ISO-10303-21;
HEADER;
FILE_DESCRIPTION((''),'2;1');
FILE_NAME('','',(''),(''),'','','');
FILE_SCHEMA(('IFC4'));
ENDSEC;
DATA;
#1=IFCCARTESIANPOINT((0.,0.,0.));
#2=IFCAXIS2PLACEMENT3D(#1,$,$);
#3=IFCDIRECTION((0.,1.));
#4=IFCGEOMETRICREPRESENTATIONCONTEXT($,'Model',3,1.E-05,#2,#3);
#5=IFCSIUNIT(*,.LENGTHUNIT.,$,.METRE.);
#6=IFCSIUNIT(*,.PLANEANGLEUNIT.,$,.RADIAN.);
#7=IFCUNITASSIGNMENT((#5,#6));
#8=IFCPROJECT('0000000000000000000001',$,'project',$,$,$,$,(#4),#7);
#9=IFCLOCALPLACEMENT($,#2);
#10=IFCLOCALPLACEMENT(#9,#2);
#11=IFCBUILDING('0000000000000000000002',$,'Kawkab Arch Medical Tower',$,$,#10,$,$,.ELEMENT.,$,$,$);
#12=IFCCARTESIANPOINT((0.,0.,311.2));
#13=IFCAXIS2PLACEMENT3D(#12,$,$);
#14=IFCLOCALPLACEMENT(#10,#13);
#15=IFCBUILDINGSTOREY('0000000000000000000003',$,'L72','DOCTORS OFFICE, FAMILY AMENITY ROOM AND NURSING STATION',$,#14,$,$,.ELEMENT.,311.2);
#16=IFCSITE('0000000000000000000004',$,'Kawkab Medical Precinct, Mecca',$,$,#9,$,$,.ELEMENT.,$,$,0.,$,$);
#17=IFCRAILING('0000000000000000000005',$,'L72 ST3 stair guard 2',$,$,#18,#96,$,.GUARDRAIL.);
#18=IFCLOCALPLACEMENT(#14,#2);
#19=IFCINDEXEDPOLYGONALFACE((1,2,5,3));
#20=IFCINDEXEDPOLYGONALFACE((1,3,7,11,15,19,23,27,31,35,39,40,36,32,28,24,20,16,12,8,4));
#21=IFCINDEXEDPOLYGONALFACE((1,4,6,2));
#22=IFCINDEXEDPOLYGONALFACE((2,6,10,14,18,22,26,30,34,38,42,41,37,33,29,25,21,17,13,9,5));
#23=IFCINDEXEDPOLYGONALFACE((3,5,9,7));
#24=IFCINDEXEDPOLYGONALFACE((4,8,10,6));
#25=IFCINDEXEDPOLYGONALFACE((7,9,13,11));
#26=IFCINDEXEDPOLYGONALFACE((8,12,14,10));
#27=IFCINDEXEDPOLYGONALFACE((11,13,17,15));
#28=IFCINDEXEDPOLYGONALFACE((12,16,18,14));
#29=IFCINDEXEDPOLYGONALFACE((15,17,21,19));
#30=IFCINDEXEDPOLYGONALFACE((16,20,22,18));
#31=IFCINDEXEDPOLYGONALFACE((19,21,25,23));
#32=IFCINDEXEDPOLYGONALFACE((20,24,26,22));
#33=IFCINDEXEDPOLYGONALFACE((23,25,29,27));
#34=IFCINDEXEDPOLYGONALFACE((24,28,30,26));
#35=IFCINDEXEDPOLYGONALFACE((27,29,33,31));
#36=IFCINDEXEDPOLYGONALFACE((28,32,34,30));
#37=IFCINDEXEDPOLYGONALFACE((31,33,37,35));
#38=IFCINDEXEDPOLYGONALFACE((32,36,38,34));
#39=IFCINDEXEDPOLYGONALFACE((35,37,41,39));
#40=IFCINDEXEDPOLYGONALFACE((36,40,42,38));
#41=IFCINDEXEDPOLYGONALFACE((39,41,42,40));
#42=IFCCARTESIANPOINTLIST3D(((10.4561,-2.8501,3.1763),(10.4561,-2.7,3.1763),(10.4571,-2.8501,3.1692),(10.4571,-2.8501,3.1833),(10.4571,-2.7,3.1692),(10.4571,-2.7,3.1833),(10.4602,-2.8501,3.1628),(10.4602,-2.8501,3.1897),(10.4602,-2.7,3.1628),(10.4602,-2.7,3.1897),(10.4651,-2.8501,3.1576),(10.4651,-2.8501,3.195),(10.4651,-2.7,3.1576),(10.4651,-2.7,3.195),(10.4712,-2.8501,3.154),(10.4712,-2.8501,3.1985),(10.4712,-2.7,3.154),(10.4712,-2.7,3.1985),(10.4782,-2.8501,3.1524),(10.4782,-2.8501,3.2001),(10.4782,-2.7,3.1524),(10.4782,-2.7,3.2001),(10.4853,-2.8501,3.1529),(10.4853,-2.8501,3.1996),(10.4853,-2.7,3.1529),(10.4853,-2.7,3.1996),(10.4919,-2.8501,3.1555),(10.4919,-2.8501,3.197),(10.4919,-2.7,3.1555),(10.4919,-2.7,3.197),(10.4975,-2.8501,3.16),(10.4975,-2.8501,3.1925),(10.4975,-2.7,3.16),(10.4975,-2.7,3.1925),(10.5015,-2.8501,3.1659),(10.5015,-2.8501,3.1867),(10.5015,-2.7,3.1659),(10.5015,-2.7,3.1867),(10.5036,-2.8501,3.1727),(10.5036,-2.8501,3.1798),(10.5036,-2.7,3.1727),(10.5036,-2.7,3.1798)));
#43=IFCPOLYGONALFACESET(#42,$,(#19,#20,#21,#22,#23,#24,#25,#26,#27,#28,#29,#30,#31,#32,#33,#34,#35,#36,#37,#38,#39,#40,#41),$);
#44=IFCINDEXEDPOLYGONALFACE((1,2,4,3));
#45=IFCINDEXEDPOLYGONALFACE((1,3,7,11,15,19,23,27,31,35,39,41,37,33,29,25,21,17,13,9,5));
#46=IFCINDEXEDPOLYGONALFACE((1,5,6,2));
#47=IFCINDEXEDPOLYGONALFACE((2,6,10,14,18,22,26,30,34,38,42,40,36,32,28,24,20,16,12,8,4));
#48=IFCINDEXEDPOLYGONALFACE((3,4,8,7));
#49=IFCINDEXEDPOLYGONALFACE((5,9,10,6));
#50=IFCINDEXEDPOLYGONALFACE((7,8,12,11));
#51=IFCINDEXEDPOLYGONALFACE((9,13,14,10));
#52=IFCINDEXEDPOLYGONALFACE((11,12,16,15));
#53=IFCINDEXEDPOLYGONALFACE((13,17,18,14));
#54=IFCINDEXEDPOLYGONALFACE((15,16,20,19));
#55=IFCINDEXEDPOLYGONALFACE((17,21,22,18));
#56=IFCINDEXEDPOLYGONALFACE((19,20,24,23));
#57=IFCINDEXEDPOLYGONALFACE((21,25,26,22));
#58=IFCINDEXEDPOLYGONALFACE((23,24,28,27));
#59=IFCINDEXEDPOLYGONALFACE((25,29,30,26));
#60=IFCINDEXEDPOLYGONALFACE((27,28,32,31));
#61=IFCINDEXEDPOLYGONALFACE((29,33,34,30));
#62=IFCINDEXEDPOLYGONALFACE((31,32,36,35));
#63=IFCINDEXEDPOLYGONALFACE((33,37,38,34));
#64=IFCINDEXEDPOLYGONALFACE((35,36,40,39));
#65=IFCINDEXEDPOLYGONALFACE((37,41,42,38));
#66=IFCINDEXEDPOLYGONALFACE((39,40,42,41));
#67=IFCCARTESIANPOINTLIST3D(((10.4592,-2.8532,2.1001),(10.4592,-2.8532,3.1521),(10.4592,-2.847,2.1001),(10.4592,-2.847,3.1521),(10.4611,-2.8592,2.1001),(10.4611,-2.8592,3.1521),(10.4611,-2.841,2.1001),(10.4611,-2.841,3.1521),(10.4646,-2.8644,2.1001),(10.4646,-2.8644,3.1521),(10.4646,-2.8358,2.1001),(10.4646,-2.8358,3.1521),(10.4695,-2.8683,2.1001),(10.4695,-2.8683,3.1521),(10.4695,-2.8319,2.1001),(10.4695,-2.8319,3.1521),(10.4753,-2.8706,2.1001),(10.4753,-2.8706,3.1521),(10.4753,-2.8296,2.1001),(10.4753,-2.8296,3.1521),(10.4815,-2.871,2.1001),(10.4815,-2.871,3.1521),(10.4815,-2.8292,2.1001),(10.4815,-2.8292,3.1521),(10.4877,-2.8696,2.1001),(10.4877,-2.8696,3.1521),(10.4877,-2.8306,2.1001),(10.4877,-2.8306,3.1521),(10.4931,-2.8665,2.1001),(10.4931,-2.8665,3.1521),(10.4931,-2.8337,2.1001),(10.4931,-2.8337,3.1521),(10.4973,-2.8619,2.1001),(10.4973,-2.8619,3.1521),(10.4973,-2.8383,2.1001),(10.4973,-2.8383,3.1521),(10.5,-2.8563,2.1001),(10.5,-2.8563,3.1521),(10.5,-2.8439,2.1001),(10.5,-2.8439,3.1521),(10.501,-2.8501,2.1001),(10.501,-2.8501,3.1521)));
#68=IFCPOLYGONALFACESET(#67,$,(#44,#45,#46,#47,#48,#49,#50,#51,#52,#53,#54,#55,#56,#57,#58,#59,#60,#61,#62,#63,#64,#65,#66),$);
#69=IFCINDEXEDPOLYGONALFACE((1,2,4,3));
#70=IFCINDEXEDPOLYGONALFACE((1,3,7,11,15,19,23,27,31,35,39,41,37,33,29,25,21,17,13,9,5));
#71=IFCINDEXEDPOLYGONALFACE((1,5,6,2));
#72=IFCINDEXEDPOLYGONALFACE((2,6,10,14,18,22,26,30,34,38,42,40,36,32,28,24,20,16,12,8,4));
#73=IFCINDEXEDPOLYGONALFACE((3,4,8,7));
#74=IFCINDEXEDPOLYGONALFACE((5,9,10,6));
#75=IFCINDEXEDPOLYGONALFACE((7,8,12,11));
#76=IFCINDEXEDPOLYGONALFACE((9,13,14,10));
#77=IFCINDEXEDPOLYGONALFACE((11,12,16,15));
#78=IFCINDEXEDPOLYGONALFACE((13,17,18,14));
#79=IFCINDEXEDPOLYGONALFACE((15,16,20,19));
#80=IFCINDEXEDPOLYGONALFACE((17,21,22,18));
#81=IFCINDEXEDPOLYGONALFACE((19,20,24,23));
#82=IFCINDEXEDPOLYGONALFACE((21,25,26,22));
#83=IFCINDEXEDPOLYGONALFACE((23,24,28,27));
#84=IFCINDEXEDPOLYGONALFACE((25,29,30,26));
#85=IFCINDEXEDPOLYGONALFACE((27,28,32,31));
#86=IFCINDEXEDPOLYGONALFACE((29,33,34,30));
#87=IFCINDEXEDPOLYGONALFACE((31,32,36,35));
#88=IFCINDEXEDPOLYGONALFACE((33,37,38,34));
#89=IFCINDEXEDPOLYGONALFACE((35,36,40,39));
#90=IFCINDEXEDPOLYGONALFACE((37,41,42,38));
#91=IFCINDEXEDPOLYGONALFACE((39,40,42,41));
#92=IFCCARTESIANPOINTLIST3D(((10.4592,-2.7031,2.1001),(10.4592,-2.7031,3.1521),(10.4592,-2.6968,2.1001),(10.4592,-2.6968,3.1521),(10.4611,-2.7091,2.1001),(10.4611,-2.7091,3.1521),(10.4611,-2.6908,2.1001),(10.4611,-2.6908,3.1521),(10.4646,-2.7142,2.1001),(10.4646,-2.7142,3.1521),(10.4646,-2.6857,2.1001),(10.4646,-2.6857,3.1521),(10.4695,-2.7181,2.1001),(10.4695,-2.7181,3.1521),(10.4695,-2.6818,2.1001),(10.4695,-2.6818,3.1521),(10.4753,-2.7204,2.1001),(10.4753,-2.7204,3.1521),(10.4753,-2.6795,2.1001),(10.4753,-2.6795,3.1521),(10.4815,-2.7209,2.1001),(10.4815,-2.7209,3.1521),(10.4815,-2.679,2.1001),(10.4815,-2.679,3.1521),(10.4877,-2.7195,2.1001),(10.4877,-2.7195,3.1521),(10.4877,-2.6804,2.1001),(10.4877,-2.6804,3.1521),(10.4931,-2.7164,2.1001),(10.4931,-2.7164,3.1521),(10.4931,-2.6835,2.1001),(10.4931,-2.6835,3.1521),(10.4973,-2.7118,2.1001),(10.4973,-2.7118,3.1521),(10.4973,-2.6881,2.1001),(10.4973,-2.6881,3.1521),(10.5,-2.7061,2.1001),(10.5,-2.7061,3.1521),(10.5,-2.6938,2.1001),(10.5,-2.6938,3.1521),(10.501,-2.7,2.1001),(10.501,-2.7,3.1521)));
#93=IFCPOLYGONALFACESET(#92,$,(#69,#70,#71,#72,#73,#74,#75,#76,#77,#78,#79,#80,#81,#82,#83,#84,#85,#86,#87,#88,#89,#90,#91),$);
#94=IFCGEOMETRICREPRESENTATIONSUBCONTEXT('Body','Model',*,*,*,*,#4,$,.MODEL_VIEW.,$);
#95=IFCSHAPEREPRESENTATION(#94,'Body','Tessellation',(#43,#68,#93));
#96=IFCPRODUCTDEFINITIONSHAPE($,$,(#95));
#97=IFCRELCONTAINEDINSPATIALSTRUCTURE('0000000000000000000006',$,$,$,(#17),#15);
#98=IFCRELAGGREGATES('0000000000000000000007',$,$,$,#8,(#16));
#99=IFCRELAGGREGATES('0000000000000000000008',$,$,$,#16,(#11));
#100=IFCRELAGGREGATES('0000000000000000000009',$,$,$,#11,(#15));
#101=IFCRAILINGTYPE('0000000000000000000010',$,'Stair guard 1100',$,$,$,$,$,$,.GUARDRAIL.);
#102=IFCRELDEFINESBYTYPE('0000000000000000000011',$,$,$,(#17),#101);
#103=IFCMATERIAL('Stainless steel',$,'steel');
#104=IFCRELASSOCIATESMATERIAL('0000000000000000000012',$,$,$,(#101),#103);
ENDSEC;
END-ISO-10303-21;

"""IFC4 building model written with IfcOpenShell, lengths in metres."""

from ifc_helpers import new_model, si_unit, direction, frame, origin, origin_2d, place, context, subcontext, project, spatial, circle, extrude, material, type_object, element, save


model = new_model("IFC4")

# Units and contexts
model_context = context("Model", 3, precision=1e-05, world=origin(), true_north=direction((0.0, 1.0)))
body_context = subcontext(model_context, "Body", "Model", "MODEL_VIEW")
ifc_project = project(units=[si_unit("LENGTHUNIT", "METRE"), si_unit("PLANEANGLEUNIT", "RADIAN")], contexts=[model_context])

# Site, building, storey
site_placement = place(None, origin())
site = spatial("IfcSite", under=ifc_project, at=site_placement, Name="Kawkab Medical Precinct, Mecca", CompositionType="ELEMENT", RefElevation=0.0)
building_placement = place(site_placement, origin())
building = spatial("IfcBuilding", under=site, at=building_placement, Name="Kawkab Arch Medical Tower", CompositionType="ELEMENT")
storey_placement = place(building_placement, frame((0.0, 0.0, 311.2)))
storey = spatial("IfcBuildingStorey", under=building, at=storey_placement, Name="L72", Description="DOCTORS OFFICE, FAMILY AMENITY ROOM AND NURSING STATION", CompositionType="ELEMENT", Elevation=311.2)

# Railing
ifc_material_1 = material(Name="Stainless steel", Category="steel")
railing_type_1 = type_object("IfcRailingType", Name="Stair guard 1100", PredefinedType="GUARDRAIL", material=ifc_material_1)
railing_1_placement = place(storey_placement, frame((10.48, -2.8501, 2.1001)))
element("IfcRailing", 1, at=railing_1_placement, inside=storey, type_object=railing_type_1, Name="L72 ST3 stair guard 2", PredefinedType="GUARDRAIL", context=body_context, shape_type="SweptSolid", body=[
    extrude(circle(Radius=0.0239, at=origin_2d()), frame((0.0, 0.0, 1.0762), z_axis=(0.0, 1.0, 0.0), x_axis=(-1.0, 0.0, 0.0)), (0.0, 0.0, 1.0), 0.1501),
    extrude(circle(Radius=0.021, at=origin_2d()), origin(), (0.0, 0.0, 1.0), 1.052),
    extrude(circle(Radius=0.021, at=origin_2d()), frame((0.0, 0.1501, 0.0)), (0.0, 0.0, 1.0), 1.052),
])

save(model, "model.ifc")
